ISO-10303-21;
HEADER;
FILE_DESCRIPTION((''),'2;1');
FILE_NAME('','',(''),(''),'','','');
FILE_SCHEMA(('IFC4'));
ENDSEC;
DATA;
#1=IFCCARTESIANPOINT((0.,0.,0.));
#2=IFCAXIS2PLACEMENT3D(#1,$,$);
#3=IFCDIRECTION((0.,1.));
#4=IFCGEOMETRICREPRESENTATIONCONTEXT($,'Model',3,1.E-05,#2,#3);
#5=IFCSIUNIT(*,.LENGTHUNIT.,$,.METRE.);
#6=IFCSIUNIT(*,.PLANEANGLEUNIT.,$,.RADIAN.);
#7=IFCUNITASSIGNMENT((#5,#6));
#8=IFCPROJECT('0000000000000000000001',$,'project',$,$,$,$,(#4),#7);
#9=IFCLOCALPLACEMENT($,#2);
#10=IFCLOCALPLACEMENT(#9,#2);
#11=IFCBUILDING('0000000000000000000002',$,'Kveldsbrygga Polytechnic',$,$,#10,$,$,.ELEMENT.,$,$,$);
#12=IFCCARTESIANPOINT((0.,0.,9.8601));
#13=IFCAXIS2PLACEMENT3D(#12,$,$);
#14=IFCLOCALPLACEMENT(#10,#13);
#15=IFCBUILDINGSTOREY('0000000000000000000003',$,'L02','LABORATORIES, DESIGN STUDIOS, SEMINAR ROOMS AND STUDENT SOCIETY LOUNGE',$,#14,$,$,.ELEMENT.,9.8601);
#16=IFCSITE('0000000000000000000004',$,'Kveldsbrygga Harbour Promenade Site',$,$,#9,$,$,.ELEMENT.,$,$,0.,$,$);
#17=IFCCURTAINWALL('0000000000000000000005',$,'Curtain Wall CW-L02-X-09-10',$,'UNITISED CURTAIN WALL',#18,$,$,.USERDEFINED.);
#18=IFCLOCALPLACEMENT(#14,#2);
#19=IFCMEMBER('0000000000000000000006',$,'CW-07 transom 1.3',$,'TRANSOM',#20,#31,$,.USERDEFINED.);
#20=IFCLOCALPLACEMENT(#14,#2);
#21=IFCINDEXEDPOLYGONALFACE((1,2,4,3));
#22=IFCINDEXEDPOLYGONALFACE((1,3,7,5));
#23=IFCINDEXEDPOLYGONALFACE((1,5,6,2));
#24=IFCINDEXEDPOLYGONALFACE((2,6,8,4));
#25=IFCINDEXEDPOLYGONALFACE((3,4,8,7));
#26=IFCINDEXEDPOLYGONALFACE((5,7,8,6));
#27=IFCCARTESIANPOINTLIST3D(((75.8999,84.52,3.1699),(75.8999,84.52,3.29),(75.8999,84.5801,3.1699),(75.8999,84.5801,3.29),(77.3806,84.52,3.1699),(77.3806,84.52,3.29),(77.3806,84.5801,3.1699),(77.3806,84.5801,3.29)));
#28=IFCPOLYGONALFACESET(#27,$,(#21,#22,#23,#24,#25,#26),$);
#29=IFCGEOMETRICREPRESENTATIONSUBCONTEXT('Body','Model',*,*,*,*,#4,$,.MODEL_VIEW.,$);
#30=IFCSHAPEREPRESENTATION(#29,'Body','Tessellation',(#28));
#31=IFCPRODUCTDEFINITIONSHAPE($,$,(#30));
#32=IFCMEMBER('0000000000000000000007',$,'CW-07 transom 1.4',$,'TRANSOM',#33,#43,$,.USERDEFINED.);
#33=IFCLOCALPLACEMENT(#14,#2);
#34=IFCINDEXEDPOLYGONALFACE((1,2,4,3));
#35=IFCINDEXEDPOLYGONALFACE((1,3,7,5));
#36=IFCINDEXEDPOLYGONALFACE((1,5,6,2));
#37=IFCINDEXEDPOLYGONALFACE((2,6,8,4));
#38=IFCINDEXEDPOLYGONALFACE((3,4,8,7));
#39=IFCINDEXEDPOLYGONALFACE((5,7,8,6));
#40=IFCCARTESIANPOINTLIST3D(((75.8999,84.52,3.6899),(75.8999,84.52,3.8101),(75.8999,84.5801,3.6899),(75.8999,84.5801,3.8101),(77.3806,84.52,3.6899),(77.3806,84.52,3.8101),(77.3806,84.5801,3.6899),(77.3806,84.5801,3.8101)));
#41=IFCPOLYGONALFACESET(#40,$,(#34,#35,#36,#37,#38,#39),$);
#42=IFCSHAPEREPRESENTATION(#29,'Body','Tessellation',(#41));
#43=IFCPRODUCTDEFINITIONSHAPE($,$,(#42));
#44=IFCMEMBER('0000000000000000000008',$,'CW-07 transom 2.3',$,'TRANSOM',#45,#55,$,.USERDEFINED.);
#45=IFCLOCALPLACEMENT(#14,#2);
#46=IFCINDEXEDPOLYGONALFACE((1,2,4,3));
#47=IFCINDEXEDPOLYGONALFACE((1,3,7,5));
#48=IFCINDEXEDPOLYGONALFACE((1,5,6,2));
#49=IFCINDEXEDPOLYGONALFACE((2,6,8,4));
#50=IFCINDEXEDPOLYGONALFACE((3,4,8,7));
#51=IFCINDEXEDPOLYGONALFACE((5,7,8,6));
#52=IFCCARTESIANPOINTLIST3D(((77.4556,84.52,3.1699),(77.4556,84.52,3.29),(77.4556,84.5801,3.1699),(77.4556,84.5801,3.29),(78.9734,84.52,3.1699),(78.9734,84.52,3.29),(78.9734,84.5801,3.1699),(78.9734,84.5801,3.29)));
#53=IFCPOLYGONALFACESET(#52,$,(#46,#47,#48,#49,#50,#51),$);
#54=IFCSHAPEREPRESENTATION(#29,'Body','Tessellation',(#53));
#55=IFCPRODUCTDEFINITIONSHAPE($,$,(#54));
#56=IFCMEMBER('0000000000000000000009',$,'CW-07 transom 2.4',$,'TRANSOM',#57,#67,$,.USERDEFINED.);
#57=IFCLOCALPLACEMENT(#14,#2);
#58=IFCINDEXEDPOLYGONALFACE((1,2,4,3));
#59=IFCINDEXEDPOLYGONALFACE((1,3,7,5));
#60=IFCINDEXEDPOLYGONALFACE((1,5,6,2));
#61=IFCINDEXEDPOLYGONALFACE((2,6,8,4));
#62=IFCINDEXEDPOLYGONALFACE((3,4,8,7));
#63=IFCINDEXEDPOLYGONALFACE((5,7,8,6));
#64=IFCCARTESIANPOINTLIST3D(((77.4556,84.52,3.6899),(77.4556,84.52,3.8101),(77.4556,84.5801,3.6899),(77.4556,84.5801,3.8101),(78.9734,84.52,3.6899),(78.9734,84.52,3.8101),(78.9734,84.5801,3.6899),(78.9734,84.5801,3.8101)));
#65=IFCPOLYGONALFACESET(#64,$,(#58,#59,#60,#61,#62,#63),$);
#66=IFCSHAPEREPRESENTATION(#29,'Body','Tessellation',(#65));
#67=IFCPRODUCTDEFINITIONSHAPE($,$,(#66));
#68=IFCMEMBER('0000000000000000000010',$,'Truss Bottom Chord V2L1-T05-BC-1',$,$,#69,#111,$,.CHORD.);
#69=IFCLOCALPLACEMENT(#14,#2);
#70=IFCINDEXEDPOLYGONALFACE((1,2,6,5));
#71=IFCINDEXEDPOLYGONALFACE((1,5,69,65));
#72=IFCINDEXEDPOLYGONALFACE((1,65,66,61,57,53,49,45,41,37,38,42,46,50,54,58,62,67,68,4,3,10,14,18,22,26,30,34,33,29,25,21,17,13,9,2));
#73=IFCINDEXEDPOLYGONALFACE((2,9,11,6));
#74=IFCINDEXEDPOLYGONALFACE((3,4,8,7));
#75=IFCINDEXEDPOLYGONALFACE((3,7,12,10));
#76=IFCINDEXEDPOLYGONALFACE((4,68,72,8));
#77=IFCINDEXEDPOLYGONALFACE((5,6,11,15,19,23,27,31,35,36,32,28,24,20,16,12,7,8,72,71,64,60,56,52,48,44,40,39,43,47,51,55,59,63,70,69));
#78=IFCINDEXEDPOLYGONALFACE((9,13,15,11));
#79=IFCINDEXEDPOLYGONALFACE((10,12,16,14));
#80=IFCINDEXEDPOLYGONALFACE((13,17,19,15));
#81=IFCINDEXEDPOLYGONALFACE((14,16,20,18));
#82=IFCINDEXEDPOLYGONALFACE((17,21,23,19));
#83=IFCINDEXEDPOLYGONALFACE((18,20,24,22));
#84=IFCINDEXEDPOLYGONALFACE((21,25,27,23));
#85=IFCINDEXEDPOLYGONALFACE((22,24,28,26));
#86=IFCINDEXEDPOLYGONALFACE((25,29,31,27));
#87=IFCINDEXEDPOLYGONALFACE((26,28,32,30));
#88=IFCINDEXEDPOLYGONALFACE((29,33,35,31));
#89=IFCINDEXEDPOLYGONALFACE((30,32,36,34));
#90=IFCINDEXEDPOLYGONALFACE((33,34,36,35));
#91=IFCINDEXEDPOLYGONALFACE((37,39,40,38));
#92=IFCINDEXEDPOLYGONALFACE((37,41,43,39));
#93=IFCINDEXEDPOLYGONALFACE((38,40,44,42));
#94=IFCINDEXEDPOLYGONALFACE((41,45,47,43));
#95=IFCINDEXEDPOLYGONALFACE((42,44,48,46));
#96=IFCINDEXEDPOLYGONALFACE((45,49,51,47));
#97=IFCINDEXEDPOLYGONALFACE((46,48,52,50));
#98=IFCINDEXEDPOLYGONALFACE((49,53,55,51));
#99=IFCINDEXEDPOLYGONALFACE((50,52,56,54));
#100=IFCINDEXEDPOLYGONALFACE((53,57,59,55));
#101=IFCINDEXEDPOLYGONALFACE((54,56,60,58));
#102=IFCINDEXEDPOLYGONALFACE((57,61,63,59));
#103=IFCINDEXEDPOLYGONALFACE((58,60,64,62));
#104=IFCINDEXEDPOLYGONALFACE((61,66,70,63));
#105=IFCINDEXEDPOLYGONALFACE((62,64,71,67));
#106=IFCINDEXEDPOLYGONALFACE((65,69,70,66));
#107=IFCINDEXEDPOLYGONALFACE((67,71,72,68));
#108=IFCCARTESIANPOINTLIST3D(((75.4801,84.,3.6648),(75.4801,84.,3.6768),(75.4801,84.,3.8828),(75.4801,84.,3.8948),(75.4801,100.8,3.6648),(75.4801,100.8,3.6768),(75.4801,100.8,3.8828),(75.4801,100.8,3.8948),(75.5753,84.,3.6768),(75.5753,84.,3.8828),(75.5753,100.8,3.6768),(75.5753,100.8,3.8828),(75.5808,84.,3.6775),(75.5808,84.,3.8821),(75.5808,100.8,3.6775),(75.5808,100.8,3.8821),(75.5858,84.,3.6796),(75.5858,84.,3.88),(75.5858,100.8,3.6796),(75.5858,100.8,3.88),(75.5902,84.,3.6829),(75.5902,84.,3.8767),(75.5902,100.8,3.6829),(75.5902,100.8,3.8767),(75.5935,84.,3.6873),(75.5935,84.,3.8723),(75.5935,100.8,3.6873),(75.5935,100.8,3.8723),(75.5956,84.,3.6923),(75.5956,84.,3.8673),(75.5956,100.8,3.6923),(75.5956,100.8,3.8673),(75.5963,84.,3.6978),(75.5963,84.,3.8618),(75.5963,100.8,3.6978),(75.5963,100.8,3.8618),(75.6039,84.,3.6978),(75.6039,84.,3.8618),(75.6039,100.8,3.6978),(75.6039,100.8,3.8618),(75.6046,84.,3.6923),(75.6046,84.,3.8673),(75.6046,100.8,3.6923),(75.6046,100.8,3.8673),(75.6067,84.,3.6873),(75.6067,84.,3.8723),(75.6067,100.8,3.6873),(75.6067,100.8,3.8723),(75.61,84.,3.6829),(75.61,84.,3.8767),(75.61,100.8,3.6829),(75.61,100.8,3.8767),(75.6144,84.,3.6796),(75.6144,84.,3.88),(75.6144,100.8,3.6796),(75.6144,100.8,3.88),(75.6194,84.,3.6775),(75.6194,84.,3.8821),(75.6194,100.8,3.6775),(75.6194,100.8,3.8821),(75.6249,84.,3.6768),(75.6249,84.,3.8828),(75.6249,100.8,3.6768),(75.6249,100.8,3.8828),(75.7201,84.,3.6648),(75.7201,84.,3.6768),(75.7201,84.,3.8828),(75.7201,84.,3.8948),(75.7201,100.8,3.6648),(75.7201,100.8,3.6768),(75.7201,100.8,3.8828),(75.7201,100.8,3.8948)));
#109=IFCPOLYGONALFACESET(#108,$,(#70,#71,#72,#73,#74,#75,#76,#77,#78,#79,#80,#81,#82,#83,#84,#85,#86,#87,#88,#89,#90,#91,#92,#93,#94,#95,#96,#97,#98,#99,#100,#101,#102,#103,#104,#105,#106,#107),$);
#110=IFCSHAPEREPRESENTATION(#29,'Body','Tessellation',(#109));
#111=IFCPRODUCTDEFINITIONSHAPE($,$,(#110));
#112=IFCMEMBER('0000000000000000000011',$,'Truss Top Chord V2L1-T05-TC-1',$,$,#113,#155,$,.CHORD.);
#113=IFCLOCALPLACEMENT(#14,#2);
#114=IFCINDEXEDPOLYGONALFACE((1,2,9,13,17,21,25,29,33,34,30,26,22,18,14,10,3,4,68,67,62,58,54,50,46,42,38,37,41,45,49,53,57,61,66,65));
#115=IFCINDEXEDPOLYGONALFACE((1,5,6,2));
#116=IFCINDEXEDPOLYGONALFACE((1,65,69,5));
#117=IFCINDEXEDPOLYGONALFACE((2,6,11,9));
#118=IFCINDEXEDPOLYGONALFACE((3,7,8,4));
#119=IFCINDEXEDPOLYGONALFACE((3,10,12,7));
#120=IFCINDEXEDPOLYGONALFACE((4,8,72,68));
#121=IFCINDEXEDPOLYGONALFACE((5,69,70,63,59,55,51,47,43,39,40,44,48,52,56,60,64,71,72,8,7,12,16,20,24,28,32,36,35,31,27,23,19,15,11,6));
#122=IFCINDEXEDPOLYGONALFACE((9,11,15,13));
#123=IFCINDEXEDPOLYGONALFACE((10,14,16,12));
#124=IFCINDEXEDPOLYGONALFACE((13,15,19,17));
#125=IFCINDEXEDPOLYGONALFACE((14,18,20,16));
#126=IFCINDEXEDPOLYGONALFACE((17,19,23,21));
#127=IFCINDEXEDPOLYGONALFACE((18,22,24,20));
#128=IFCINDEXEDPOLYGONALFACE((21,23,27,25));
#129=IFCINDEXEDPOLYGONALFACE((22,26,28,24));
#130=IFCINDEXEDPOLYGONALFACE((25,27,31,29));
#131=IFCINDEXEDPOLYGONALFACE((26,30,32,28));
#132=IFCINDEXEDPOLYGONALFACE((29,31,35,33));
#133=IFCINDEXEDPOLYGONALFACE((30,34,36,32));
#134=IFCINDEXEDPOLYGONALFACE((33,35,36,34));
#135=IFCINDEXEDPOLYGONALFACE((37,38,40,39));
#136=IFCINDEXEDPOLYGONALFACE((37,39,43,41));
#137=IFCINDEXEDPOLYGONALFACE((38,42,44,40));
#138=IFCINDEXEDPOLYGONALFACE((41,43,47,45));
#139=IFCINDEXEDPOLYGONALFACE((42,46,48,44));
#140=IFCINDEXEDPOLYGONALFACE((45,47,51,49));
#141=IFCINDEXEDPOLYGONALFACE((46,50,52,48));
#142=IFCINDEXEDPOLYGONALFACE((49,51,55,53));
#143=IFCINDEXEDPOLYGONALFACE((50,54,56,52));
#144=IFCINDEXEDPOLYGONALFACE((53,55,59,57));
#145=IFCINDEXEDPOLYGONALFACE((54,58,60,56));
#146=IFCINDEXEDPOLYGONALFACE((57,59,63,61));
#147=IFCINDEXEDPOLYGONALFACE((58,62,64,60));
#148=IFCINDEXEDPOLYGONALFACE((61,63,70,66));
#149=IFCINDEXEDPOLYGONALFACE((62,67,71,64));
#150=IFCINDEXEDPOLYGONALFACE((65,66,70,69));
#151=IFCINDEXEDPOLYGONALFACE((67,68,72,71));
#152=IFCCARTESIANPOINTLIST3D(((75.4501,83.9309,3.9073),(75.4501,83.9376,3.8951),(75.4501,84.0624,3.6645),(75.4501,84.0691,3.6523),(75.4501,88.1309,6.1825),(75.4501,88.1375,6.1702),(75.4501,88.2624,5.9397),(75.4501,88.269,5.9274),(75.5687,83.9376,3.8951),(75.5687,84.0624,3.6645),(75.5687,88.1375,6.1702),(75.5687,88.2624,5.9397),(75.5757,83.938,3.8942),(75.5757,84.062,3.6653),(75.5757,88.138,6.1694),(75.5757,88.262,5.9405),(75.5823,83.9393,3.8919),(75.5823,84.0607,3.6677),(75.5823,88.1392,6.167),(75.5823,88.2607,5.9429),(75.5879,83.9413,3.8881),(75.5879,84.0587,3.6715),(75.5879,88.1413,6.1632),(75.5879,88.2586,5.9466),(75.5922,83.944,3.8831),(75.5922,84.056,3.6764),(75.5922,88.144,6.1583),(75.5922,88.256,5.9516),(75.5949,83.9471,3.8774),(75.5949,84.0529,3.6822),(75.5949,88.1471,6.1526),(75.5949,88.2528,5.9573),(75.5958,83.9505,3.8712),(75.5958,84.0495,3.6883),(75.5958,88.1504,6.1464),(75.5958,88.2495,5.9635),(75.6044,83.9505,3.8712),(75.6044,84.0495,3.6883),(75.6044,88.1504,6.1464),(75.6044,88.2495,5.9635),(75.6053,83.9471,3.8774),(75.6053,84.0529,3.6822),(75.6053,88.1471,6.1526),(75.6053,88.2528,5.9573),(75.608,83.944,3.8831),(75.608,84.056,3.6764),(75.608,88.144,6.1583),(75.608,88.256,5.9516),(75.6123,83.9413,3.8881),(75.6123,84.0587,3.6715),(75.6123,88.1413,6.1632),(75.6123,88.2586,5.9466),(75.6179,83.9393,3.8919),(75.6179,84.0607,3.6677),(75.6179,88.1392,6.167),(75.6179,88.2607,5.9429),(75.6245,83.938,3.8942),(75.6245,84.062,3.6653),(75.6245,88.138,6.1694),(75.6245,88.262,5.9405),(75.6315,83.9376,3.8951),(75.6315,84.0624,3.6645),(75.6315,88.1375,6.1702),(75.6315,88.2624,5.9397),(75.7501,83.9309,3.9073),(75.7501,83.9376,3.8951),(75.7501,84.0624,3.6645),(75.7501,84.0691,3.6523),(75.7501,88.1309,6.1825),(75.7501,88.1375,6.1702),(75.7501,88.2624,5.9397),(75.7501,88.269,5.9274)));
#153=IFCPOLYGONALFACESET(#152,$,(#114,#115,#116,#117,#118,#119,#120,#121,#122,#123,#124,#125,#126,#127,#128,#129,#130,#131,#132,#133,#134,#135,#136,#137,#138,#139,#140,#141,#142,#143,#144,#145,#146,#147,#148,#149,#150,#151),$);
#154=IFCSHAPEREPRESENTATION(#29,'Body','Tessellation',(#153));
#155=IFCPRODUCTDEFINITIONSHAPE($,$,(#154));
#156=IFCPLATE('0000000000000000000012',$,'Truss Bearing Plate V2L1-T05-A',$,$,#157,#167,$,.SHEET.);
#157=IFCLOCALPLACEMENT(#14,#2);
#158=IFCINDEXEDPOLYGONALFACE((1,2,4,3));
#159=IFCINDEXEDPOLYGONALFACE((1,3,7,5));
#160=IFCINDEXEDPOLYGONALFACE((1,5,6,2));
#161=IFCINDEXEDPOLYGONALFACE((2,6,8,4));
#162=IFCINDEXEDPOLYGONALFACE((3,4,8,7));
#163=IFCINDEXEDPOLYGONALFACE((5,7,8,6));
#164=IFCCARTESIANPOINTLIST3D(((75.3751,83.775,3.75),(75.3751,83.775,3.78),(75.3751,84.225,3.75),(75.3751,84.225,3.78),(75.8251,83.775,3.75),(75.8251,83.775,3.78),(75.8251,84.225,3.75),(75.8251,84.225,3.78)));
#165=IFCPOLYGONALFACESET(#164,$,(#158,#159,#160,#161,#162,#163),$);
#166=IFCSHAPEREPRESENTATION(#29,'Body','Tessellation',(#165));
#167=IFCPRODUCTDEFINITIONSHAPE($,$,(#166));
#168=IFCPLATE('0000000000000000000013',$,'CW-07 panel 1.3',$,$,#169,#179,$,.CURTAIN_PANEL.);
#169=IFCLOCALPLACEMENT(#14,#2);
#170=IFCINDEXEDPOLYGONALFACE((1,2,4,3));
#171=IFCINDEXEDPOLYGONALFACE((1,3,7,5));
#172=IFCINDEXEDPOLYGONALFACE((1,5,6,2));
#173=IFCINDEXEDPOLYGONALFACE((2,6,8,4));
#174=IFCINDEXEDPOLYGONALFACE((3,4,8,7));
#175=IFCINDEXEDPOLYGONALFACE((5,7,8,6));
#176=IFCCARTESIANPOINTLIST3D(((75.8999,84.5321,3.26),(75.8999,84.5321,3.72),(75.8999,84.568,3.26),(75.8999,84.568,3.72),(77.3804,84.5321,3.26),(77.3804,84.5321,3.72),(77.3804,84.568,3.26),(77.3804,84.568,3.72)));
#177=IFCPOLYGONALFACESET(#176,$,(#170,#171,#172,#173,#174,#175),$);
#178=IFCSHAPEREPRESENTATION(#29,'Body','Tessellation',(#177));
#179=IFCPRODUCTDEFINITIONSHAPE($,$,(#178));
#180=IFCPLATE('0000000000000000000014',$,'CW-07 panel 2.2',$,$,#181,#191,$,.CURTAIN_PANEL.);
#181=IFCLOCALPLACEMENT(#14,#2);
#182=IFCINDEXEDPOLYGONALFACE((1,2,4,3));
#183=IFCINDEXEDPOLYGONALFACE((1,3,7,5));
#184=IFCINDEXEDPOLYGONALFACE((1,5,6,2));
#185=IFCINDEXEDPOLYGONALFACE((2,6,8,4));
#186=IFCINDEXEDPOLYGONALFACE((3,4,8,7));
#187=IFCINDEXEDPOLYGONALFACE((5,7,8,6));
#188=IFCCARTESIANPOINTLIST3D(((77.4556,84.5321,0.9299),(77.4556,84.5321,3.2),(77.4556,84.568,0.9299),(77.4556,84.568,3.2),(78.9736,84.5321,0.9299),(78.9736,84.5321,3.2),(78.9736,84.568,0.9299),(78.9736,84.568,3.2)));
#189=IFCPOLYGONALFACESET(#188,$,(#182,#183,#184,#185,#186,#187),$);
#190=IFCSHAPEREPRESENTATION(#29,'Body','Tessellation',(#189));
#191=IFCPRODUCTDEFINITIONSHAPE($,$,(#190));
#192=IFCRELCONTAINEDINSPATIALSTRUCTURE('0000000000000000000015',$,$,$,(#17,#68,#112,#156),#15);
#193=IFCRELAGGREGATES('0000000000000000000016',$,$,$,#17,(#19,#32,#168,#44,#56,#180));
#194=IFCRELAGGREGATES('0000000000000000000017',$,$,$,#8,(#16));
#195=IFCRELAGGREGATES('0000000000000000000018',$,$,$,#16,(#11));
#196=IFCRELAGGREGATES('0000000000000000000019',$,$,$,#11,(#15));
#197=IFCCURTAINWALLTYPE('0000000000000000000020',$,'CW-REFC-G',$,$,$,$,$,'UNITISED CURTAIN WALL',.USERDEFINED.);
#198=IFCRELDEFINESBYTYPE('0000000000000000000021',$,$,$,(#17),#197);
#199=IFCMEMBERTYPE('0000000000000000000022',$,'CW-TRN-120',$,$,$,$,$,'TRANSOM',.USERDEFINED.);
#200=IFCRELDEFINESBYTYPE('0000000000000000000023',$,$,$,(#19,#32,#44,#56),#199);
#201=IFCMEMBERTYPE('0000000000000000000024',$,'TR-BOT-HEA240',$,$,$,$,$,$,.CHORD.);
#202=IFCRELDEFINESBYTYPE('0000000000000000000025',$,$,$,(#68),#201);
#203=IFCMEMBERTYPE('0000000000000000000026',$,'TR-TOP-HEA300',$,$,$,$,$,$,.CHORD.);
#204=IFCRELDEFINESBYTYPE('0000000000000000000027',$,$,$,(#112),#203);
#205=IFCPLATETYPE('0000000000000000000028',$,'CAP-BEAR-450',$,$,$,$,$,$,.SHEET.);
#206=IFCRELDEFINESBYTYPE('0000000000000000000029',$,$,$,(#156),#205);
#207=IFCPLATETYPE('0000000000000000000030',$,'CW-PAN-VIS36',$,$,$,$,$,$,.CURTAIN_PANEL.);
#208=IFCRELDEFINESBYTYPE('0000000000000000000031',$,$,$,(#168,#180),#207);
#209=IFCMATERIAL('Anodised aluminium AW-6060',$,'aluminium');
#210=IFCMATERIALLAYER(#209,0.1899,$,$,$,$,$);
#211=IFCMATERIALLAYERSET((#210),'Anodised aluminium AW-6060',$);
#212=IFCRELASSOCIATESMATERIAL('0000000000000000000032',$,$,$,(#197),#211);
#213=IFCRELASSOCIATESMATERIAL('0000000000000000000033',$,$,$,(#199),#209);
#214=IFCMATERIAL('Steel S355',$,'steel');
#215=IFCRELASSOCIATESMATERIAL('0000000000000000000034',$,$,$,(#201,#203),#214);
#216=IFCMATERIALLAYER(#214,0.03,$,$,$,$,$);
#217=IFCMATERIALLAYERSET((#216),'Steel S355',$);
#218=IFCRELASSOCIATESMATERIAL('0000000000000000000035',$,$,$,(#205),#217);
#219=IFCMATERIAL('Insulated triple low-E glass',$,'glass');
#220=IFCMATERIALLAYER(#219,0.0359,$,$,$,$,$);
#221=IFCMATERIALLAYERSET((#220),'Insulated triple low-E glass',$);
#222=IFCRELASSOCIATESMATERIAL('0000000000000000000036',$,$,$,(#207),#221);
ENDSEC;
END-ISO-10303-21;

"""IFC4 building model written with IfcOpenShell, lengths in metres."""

from ifc_helpers import new_model, si_unit, direction, frame, origin, origin_2d, place, context, subcontext, project, spatial, rectangle, i_section, extrude, material, layer, layer_set, material_profile, profile_set, type_object, element, aggregate, save


model = new_model("IFC4")

# Units and contexts
model_context = context("Model", 3, precision=1e-05, world=origin(), true_north=direction((0.0, 1.0)))
body_context = subcontext(model_context, "Body", "Model", "MODEL_VIEW")
ifc_project = project(units=[si_unit("LENGTHUNIT", "METRE"), si_unit("PLANEANGLEUNIT", "RADIAN")], contexts=[model_context])

# Site, building, storey
site_placement = place(None, origin())
site = spatial("IfcSite", under=ifc_project, at=site_placement, Name="Kveldsbrygga Harbour Promenade Site", CompositionType="ELEMENT", RefElevation=0.0)
building_placement = place(site_placement, origin())
building = spatial("IfcBuilding", under=site, at=building_placement, Name="Kveldsbrygga Polytechnic", CompositionType="ELEMENT")
storey_placement = place(building_placement, frame((0.0, 0.0, 9.8601)))
storey = spatial("IfcBuildingStorey", under=building, at=storey_placement, Name="L02", Description="LABORATORIES, DESIGN STUDIOS, SEMINAR ROOMS AND STUDENT SOCIETY LOUNGE", CompositionType="ELEMENT", Elevation=9.8601)

# Curtain wall, members
ifc_material_1 = material(Name="Anodised aluminium AW-6060", Category="aluminium")
ifc_layer_1 = layer(ifc_material_1, 0.1899)
ifc_layer_set_1 = layer_set([ifc_layer_1], Name="Anodised aluminium AW-6060")
curtain_wall_type = type_object("IfcCurtainWallType", Name="CW-REFC-G", ElementType="UNITISED CURTAIN WALL", PredefinedType="USERDEFINED", material=ifc_layer_set_1)
curtain_wall_placement = place(storey_placement, origin())
curtain_wall = element("IfcCurtainWall", 1, at=curtain_wall_placement, inside=storey, type_object=curtain_wall_type, Name="Curtain Wall CW-L02-X-09-10", ObjectType="UNITISED CURTAIN WALL", PredefinedType="USERDEFINED")
ifc_material_profile_1 = material_profile(ifc_material_1, rectangle(XDim=0.0601, YDim=0.1201, at=origin_2d()), Name="ALU 60x120")
ifc_profile_set_1 = profile_set([ifc_material_profile_1], Name="Anodised aluminium AW-6060")
member_type_1 = type_object("IfcMemberType", Name="CW-TRN-120", ElementType="TRANSOM", PredefinedType="USERDEFINED", material=ifc_profile_set_1)
member_1_placement = place(storey_placement, frame((75.8999, 84.55, 3.23), z_axis=(1.0, 0.0, 0.0), x_axis=(0.0, 1.0, 0.0)))
member_1 = element("IfcMember", 2, at=member_1_placement, type_object=member_type_1, Name="CW-07 transom 1.3", ObjectType="TRANSOM", PredefinedType="USERDEFINED", context=body_context, shape_type="SweptSolid", body=[
    extrude(rectangle(XDim=0.0601, YDim=0.1201, at=origin_2d()), origin(), (0.0, 0.0, 1.0), 1.4807),
])
member_2_placement = place(storey_placement, frame((75.8999, 84.55, 3.75), z_axis=(1.0, 0.0, 0.0), x_axis=(0.0, 1.0, 0.0)))
member_2 = element("IfcMember", 3, at=member_2_placement, type_object=member_type_1, Name="CW-07 transom 1.4", ObjectType="TRANSOM", PredefinedType="USERDEFINED", context=body_context, shape_type="SweptSolid", body=[
    extrude(rectangle(XDim=0.0601, YDim=0.1201, at=origin_2d()), origin(), (0.0, 0.0, 1.0), 1.4807),
])
member_3_placement = place(storey_placement, frame((77.4556, 84.55, 3.23), z_axis=(1.0, 0.0, 0.0), x_axis=(0.0, 1.0, 0.0)))
member_3 = element("IfcMember", 4, at=member_3_placement, type_object=member_type_1, Name="CW-07 transom 2.3", ObjectType="TRANSOM", PredefinedType="USERDEFINED", context=body_context, shape_type="SweptSolid", body=[
    extrude(rectangle(XDim=0.0601, YDim=0.1201, at=origin_2d()), origin(), (0.0, 0.0, 1.0), 1.5178),
])
member_4_placement = place(storey_placement, frame((77.4556, 84.55, 3.75), z_axis=(1.0, 0.0, 0.0), x_axis=(0.0, 1.0, 0.0)))
member_4 = element("IfcMember", 5, at=member_4_placement, type_object=member_type_1, Name="CW-07 transom 2.4", ObjectType="TRANSOM", PredefinedType="USERDEFINED", context=body_context, shape_type="SweptSolid", body=[
    extrude(rectangle(XDim=0.0601, YDim=0.1201, at=origin_2d()), origin(), (0.0, 0.0, 1.0), 1.5178),
])

# Members
ifc_material_2 = material(Name="Steel S355", Category="steel")
ifc_material_profile_2 = material_profile(ifc_material_2, i_section(OverallWidth=0.24, OverallDepth=0.23, WebThickness=0.0076, FlangeThickness=0.012, FilletRadius=0.021, at=origin_2d()), Name="HEA 240")
ifc_profile_set_2 = profile_set([ifc_material_profile_2], Name="Steel S355")
member_type_2 = type_object("IfcMemberType", Name="TR-BOT-HEA240", PredefinedType="CHORD", material=ifc_profile_set_2)
member_5_placement = place(storey_placement, frame((75.6001, 84.0, 3.7798), z_axis=(0.0, 1.0, 0.0), x_axis=(-1.0, 0.0, 0.0)))
element("IfcMember", 6, at=member_5_placement, inside=storey, type_object=member_type_2, Name="Truss Bottom Chord V2L1-T05-BC-1", PredefinedType="CHORD", context=body_context, shape_type="SweptSolid", body=[
    extrude(i_section(OverallWidth=0.24, OverallDepth=0.23, WebThickness=0.0076, FlangeThickness=0.012, FilletRadius=0.021, at=origin_2d()), origin(), (0.0, 0.0, 1.0), 16.8),
])
ifc_material_profile_3 = material_profile(ifc_material_2, i_section(OverallWidth=0.3, OverallDepth=0.29, WebThickness=0.0085, FlangeThickness=0.0139, FilletRadius=0.0271, at=origin_2d()), Name="HEA 300")
ifc_profile_set_3 = profile_set([ifc_material_profile_3], Name="Steel S355")
member_type_3 = type_object("IfcMemberType", Name="TR-TOP-HEA300", PredefinedType="CHORD", material=ifc_profile_set_3)
member_6_placement = place(storey_placement, frame((75.6001, 84.0, 3.7798), z_axis=(0.0, 0.879277, 0.476311), x_axis=(-1.0, 0.0, 0.0)))
element("IfcMember", 7, at=member_6_placement, inside=storey, type_object=member_type_3, Name="Truss Top Chord V2L1-T05-TC-1", PredefinedType="CHORD", context=body_context, shape_type="SweptSolid", body=[
    extrude(i_section(OverallWidth=0.3, OverallDepth=0.29, WebThickness=0.0085, FlangeThickness=0.0139, FilletRadius=0.0271, at=origin_2d()), origin(), (0.0, 0.0, 1.0), 4.7766),
])

# Plates
ifc_layer_2 = layer(ifc_material_2, 0.03)
ifc_layer_set_2 = layer_set([ifc_layer_2], Name="Steel S355")
plate_type_1 = type_object("IfcPlateType", Name="CAP-BEAR-450", PredefinedType="SHEET", material=ifc_layer_set_2)
plate_1_placement = place(storey_placement, frame((75.6001, 84.0, 3.75), z_axis=(0.0, 0.0, 1.0), x_axis=(1.0, 0.0, 0.0)))
element("IfcPlate", 8, at=plate_1_placement, inside=storey, type_object=plate_type_1, Name="Truss Bearing Plate V2L1-T05-A", PredefinedType="SHEET", context=body_context, shape_type="SweptSolid", body=[
    extrude(rectangle(XDim=0.45, YDim=0.45, at=origin_2d()), origin(), (0.0, 0.0, 1.0), 0.03),
])
ifc_material_3 = material(Name="Insulated triple low-E glass", Category="glass")
ifc_layer_3 = layer(ifc_material_3, 0.0359)
ifc_layer_set_3 = layer_set([ifc_layer_3], Name="Insulated triple low-E glass")
plate_type_2 = type_object("IfcPlateType", Name="CW-PAN-VIS36", PredefinedType="CURTAIN_PANEL", material=ifc_layer_set_3)
plate_2_placement = place(storey_placement, frame((76.6401, 84.55, 3.26), z_axis=(0.0, 0.0, 1.0), x_axis=(1.0, 0.0, 0.0)))
plate_2 = element("IfcPlate", 9, at=plate_2_placement, type_object=plate_type_2, Name="CW-07 panel 1.3", PredefinedType="CURTAIN_PANEL", context=body_context, shape_type="SweptSolid", body=[
    extrude(rectangle(XDim=1.4805, YDim=0.0359, at=origin_2d()), origin(), (0.0, 0.0, 1.0), 0.46),
])
plate_3_placement = place(storey_placement, frame((78.2146, 84.55, 0.9299), z_axis=(0.0, 0.0, 1.0), x_axis=(1.0, 0.0, 0.0)))
plate_3 = element("IfcPlate", 10, at=plate_3_placement, type_object=plate_type_2, Name="CW-07 panel 2.2", PredefinedType="CURTAIN_PANEL", context=body_context, shape_type="SweptSolid", body=[
    extrude(rectangle(XDim=1.5181, YDim=0.0359, at=origin_2d()), origin(), (0.0, 0.0, 1.0), 2.27),
])
aggregate(curtain_wall, [member_1, member_2, plate_2, member_3, member_4, plate_3])

save(model, "model.ifc")
